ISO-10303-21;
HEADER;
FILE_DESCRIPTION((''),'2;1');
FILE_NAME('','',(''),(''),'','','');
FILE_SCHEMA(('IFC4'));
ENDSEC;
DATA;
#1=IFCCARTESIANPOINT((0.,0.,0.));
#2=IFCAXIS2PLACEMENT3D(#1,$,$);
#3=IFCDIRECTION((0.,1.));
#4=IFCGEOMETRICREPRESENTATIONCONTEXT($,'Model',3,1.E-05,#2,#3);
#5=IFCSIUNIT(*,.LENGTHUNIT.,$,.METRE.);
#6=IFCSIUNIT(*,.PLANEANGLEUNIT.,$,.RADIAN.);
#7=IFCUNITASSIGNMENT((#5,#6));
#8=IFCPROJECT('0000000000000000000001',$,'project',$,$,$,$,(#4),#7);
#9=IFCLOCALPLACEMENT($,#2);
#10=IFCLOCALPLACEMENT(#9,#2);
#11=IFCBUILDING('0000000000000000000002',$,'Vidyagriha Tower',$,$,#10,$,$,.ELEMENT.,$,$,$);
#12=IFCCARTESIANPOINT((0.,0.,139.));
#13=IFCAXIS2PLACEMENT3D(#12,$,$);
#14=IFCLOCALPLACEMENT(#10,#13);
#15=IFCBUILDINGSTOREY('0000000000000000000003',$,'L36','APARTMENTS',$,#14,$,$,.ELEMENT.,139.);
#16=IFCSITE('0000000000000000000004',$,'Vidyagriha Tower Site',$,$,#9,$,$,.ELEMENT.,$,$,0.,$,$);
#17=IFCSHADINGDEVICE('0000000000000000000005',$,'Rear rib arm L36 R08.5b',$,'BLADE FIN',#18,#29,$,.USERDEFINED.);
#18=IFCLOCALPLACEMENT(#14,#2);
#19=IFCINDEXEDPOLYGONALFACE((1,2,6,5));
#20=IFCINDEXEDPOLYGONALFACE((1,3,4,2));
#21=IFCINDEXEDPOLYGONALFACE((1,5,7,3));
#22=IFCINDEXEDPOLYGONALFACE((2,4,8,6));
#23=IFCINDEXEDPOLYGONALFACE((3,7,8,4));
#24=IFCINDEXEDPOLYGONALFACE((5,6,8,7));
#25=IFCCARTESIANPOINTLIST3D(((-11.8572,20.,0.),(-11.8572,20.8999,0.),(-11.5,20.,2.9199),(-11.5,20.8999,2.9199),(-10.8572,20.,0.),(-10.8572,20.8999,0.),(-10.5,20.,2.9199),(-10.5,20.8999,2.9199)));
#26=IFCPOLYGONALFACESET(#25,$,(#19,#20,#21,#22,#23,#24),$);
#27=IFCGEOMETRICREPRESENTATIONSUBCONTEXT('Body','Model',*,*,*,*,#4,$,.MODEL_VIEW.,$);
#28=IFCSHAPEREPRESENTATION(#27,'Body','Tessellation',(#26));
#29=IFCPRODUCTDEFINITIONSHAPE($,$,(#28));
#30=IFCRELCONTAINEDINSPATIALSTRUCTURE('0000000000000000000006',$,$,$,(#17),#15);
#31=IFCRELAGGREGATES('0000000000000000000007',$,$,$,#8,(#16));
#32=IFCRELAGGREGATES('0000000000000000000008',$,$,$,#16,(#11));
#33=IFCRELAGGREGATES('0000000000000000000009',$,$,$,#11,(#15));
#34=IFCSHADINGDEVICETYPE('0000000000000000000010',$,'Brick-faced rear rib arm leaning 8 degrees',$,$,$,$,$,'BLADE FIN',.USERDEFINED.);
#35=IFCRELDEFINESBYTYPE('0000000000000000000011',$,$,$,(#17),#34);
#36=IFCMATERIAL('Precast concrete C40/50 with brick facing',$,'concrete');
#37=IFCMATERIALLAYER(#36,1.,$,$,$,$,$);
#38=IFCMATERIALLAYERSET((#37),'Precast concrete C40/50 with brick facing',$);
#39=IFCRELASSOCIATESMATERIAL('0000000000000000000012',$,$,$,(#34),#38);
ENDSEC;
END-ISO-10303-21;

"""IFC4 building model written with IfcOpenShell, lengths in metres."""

from ifc_helpers import new_model, si_unit, direction, frame, origin, place, context, subcontext, project, spatial, polyline, outline, extrude, material, layer, layer_set, type_object, element, save


model = new_model("IFC4")

# Units and contexts
model_context = context("Model", 3, precision=1e-05, world=origin(), true_north=direction((0.0, 1.0)))
body_context = subcontext(model_context, "Body", "Model", "MODEL_VIEW")
ifc_project = project(units=[si_unit("LENGTHUNIT", "METRE"), si_unit("PLANEANGLEUNIT", "RADIAN")], contexts=[model_context])

# Site, building, storey
site_placement = place(None, origin())
site = spatial("IfcSite", under=ifc_project, at=site_placement, Name="Vidyagriha Tower Site", CompositionType="ELEMENT", RefElevation=0.0)
building_placement = place(site_placement, origin())
building = spatial("IfcBuilding", under=site, at=building_placement, Name="Vidyagriha Tower", CompositionType="ELEMENT")
storey_placement = place(building_placement, frame((0.0, 0.0, 139.0)))
storey = spatial("IfcBuildingStorey", under=building, at=storey_placement, Name="L36", Description="APARTMENTS", CompositionType="ELEMENT", Elevation=139.0)

# Shading device
ifc_material_1 = material(Name="Precast concrete C40/50 with brick facing", Category="concrete")
ifc_layer_1 = layer(ifc_material_1, 1.0)
ifc_layer_set_1 = layer_set([ifc_layer_1], Name="Precast concrete C40/50 with brick facing")
shading_device_type = type_object("IfcShadingDeviceType", Name="Brick-faced rear rib arm leaning 8 degrees", ElementType="BLADE FIN", PredefinedType="USERDEFINED", material=ifc_layer_set_1)
shading_device_1_placement = place(storey_placement, frame((-10.5, 20.45, 0.0), z_axis=(0.0, 0.0, 1.0), x_axis=(-1.0, 0.0, 0.0)))
element("IfcShadingDevice", 1, at=shading_device_1_placement, inside=storey, type_object=shading_device_type, Name="Rear rib arm L36 R08.5b", ObjectType="BLADE FIN", PredefinedType="USERDEFINED", context=body_context, shape_type="SweptSolid", body=[
    extrude(outline(polyline([(0.3572, 0.0), (1.3572, 0.0), (1.0, 2.9199), (0.0, 2.9199), (0.3572, 0.0)])), frame((0.0, 0.45, 0.0), z_axis=(0.0, -1.0, 0.0), x_axis=(1.0, 0.0, 0.0)), (0.0, 0.0, 1.0), 0.8999),
])

save(model, "model.ifc")
